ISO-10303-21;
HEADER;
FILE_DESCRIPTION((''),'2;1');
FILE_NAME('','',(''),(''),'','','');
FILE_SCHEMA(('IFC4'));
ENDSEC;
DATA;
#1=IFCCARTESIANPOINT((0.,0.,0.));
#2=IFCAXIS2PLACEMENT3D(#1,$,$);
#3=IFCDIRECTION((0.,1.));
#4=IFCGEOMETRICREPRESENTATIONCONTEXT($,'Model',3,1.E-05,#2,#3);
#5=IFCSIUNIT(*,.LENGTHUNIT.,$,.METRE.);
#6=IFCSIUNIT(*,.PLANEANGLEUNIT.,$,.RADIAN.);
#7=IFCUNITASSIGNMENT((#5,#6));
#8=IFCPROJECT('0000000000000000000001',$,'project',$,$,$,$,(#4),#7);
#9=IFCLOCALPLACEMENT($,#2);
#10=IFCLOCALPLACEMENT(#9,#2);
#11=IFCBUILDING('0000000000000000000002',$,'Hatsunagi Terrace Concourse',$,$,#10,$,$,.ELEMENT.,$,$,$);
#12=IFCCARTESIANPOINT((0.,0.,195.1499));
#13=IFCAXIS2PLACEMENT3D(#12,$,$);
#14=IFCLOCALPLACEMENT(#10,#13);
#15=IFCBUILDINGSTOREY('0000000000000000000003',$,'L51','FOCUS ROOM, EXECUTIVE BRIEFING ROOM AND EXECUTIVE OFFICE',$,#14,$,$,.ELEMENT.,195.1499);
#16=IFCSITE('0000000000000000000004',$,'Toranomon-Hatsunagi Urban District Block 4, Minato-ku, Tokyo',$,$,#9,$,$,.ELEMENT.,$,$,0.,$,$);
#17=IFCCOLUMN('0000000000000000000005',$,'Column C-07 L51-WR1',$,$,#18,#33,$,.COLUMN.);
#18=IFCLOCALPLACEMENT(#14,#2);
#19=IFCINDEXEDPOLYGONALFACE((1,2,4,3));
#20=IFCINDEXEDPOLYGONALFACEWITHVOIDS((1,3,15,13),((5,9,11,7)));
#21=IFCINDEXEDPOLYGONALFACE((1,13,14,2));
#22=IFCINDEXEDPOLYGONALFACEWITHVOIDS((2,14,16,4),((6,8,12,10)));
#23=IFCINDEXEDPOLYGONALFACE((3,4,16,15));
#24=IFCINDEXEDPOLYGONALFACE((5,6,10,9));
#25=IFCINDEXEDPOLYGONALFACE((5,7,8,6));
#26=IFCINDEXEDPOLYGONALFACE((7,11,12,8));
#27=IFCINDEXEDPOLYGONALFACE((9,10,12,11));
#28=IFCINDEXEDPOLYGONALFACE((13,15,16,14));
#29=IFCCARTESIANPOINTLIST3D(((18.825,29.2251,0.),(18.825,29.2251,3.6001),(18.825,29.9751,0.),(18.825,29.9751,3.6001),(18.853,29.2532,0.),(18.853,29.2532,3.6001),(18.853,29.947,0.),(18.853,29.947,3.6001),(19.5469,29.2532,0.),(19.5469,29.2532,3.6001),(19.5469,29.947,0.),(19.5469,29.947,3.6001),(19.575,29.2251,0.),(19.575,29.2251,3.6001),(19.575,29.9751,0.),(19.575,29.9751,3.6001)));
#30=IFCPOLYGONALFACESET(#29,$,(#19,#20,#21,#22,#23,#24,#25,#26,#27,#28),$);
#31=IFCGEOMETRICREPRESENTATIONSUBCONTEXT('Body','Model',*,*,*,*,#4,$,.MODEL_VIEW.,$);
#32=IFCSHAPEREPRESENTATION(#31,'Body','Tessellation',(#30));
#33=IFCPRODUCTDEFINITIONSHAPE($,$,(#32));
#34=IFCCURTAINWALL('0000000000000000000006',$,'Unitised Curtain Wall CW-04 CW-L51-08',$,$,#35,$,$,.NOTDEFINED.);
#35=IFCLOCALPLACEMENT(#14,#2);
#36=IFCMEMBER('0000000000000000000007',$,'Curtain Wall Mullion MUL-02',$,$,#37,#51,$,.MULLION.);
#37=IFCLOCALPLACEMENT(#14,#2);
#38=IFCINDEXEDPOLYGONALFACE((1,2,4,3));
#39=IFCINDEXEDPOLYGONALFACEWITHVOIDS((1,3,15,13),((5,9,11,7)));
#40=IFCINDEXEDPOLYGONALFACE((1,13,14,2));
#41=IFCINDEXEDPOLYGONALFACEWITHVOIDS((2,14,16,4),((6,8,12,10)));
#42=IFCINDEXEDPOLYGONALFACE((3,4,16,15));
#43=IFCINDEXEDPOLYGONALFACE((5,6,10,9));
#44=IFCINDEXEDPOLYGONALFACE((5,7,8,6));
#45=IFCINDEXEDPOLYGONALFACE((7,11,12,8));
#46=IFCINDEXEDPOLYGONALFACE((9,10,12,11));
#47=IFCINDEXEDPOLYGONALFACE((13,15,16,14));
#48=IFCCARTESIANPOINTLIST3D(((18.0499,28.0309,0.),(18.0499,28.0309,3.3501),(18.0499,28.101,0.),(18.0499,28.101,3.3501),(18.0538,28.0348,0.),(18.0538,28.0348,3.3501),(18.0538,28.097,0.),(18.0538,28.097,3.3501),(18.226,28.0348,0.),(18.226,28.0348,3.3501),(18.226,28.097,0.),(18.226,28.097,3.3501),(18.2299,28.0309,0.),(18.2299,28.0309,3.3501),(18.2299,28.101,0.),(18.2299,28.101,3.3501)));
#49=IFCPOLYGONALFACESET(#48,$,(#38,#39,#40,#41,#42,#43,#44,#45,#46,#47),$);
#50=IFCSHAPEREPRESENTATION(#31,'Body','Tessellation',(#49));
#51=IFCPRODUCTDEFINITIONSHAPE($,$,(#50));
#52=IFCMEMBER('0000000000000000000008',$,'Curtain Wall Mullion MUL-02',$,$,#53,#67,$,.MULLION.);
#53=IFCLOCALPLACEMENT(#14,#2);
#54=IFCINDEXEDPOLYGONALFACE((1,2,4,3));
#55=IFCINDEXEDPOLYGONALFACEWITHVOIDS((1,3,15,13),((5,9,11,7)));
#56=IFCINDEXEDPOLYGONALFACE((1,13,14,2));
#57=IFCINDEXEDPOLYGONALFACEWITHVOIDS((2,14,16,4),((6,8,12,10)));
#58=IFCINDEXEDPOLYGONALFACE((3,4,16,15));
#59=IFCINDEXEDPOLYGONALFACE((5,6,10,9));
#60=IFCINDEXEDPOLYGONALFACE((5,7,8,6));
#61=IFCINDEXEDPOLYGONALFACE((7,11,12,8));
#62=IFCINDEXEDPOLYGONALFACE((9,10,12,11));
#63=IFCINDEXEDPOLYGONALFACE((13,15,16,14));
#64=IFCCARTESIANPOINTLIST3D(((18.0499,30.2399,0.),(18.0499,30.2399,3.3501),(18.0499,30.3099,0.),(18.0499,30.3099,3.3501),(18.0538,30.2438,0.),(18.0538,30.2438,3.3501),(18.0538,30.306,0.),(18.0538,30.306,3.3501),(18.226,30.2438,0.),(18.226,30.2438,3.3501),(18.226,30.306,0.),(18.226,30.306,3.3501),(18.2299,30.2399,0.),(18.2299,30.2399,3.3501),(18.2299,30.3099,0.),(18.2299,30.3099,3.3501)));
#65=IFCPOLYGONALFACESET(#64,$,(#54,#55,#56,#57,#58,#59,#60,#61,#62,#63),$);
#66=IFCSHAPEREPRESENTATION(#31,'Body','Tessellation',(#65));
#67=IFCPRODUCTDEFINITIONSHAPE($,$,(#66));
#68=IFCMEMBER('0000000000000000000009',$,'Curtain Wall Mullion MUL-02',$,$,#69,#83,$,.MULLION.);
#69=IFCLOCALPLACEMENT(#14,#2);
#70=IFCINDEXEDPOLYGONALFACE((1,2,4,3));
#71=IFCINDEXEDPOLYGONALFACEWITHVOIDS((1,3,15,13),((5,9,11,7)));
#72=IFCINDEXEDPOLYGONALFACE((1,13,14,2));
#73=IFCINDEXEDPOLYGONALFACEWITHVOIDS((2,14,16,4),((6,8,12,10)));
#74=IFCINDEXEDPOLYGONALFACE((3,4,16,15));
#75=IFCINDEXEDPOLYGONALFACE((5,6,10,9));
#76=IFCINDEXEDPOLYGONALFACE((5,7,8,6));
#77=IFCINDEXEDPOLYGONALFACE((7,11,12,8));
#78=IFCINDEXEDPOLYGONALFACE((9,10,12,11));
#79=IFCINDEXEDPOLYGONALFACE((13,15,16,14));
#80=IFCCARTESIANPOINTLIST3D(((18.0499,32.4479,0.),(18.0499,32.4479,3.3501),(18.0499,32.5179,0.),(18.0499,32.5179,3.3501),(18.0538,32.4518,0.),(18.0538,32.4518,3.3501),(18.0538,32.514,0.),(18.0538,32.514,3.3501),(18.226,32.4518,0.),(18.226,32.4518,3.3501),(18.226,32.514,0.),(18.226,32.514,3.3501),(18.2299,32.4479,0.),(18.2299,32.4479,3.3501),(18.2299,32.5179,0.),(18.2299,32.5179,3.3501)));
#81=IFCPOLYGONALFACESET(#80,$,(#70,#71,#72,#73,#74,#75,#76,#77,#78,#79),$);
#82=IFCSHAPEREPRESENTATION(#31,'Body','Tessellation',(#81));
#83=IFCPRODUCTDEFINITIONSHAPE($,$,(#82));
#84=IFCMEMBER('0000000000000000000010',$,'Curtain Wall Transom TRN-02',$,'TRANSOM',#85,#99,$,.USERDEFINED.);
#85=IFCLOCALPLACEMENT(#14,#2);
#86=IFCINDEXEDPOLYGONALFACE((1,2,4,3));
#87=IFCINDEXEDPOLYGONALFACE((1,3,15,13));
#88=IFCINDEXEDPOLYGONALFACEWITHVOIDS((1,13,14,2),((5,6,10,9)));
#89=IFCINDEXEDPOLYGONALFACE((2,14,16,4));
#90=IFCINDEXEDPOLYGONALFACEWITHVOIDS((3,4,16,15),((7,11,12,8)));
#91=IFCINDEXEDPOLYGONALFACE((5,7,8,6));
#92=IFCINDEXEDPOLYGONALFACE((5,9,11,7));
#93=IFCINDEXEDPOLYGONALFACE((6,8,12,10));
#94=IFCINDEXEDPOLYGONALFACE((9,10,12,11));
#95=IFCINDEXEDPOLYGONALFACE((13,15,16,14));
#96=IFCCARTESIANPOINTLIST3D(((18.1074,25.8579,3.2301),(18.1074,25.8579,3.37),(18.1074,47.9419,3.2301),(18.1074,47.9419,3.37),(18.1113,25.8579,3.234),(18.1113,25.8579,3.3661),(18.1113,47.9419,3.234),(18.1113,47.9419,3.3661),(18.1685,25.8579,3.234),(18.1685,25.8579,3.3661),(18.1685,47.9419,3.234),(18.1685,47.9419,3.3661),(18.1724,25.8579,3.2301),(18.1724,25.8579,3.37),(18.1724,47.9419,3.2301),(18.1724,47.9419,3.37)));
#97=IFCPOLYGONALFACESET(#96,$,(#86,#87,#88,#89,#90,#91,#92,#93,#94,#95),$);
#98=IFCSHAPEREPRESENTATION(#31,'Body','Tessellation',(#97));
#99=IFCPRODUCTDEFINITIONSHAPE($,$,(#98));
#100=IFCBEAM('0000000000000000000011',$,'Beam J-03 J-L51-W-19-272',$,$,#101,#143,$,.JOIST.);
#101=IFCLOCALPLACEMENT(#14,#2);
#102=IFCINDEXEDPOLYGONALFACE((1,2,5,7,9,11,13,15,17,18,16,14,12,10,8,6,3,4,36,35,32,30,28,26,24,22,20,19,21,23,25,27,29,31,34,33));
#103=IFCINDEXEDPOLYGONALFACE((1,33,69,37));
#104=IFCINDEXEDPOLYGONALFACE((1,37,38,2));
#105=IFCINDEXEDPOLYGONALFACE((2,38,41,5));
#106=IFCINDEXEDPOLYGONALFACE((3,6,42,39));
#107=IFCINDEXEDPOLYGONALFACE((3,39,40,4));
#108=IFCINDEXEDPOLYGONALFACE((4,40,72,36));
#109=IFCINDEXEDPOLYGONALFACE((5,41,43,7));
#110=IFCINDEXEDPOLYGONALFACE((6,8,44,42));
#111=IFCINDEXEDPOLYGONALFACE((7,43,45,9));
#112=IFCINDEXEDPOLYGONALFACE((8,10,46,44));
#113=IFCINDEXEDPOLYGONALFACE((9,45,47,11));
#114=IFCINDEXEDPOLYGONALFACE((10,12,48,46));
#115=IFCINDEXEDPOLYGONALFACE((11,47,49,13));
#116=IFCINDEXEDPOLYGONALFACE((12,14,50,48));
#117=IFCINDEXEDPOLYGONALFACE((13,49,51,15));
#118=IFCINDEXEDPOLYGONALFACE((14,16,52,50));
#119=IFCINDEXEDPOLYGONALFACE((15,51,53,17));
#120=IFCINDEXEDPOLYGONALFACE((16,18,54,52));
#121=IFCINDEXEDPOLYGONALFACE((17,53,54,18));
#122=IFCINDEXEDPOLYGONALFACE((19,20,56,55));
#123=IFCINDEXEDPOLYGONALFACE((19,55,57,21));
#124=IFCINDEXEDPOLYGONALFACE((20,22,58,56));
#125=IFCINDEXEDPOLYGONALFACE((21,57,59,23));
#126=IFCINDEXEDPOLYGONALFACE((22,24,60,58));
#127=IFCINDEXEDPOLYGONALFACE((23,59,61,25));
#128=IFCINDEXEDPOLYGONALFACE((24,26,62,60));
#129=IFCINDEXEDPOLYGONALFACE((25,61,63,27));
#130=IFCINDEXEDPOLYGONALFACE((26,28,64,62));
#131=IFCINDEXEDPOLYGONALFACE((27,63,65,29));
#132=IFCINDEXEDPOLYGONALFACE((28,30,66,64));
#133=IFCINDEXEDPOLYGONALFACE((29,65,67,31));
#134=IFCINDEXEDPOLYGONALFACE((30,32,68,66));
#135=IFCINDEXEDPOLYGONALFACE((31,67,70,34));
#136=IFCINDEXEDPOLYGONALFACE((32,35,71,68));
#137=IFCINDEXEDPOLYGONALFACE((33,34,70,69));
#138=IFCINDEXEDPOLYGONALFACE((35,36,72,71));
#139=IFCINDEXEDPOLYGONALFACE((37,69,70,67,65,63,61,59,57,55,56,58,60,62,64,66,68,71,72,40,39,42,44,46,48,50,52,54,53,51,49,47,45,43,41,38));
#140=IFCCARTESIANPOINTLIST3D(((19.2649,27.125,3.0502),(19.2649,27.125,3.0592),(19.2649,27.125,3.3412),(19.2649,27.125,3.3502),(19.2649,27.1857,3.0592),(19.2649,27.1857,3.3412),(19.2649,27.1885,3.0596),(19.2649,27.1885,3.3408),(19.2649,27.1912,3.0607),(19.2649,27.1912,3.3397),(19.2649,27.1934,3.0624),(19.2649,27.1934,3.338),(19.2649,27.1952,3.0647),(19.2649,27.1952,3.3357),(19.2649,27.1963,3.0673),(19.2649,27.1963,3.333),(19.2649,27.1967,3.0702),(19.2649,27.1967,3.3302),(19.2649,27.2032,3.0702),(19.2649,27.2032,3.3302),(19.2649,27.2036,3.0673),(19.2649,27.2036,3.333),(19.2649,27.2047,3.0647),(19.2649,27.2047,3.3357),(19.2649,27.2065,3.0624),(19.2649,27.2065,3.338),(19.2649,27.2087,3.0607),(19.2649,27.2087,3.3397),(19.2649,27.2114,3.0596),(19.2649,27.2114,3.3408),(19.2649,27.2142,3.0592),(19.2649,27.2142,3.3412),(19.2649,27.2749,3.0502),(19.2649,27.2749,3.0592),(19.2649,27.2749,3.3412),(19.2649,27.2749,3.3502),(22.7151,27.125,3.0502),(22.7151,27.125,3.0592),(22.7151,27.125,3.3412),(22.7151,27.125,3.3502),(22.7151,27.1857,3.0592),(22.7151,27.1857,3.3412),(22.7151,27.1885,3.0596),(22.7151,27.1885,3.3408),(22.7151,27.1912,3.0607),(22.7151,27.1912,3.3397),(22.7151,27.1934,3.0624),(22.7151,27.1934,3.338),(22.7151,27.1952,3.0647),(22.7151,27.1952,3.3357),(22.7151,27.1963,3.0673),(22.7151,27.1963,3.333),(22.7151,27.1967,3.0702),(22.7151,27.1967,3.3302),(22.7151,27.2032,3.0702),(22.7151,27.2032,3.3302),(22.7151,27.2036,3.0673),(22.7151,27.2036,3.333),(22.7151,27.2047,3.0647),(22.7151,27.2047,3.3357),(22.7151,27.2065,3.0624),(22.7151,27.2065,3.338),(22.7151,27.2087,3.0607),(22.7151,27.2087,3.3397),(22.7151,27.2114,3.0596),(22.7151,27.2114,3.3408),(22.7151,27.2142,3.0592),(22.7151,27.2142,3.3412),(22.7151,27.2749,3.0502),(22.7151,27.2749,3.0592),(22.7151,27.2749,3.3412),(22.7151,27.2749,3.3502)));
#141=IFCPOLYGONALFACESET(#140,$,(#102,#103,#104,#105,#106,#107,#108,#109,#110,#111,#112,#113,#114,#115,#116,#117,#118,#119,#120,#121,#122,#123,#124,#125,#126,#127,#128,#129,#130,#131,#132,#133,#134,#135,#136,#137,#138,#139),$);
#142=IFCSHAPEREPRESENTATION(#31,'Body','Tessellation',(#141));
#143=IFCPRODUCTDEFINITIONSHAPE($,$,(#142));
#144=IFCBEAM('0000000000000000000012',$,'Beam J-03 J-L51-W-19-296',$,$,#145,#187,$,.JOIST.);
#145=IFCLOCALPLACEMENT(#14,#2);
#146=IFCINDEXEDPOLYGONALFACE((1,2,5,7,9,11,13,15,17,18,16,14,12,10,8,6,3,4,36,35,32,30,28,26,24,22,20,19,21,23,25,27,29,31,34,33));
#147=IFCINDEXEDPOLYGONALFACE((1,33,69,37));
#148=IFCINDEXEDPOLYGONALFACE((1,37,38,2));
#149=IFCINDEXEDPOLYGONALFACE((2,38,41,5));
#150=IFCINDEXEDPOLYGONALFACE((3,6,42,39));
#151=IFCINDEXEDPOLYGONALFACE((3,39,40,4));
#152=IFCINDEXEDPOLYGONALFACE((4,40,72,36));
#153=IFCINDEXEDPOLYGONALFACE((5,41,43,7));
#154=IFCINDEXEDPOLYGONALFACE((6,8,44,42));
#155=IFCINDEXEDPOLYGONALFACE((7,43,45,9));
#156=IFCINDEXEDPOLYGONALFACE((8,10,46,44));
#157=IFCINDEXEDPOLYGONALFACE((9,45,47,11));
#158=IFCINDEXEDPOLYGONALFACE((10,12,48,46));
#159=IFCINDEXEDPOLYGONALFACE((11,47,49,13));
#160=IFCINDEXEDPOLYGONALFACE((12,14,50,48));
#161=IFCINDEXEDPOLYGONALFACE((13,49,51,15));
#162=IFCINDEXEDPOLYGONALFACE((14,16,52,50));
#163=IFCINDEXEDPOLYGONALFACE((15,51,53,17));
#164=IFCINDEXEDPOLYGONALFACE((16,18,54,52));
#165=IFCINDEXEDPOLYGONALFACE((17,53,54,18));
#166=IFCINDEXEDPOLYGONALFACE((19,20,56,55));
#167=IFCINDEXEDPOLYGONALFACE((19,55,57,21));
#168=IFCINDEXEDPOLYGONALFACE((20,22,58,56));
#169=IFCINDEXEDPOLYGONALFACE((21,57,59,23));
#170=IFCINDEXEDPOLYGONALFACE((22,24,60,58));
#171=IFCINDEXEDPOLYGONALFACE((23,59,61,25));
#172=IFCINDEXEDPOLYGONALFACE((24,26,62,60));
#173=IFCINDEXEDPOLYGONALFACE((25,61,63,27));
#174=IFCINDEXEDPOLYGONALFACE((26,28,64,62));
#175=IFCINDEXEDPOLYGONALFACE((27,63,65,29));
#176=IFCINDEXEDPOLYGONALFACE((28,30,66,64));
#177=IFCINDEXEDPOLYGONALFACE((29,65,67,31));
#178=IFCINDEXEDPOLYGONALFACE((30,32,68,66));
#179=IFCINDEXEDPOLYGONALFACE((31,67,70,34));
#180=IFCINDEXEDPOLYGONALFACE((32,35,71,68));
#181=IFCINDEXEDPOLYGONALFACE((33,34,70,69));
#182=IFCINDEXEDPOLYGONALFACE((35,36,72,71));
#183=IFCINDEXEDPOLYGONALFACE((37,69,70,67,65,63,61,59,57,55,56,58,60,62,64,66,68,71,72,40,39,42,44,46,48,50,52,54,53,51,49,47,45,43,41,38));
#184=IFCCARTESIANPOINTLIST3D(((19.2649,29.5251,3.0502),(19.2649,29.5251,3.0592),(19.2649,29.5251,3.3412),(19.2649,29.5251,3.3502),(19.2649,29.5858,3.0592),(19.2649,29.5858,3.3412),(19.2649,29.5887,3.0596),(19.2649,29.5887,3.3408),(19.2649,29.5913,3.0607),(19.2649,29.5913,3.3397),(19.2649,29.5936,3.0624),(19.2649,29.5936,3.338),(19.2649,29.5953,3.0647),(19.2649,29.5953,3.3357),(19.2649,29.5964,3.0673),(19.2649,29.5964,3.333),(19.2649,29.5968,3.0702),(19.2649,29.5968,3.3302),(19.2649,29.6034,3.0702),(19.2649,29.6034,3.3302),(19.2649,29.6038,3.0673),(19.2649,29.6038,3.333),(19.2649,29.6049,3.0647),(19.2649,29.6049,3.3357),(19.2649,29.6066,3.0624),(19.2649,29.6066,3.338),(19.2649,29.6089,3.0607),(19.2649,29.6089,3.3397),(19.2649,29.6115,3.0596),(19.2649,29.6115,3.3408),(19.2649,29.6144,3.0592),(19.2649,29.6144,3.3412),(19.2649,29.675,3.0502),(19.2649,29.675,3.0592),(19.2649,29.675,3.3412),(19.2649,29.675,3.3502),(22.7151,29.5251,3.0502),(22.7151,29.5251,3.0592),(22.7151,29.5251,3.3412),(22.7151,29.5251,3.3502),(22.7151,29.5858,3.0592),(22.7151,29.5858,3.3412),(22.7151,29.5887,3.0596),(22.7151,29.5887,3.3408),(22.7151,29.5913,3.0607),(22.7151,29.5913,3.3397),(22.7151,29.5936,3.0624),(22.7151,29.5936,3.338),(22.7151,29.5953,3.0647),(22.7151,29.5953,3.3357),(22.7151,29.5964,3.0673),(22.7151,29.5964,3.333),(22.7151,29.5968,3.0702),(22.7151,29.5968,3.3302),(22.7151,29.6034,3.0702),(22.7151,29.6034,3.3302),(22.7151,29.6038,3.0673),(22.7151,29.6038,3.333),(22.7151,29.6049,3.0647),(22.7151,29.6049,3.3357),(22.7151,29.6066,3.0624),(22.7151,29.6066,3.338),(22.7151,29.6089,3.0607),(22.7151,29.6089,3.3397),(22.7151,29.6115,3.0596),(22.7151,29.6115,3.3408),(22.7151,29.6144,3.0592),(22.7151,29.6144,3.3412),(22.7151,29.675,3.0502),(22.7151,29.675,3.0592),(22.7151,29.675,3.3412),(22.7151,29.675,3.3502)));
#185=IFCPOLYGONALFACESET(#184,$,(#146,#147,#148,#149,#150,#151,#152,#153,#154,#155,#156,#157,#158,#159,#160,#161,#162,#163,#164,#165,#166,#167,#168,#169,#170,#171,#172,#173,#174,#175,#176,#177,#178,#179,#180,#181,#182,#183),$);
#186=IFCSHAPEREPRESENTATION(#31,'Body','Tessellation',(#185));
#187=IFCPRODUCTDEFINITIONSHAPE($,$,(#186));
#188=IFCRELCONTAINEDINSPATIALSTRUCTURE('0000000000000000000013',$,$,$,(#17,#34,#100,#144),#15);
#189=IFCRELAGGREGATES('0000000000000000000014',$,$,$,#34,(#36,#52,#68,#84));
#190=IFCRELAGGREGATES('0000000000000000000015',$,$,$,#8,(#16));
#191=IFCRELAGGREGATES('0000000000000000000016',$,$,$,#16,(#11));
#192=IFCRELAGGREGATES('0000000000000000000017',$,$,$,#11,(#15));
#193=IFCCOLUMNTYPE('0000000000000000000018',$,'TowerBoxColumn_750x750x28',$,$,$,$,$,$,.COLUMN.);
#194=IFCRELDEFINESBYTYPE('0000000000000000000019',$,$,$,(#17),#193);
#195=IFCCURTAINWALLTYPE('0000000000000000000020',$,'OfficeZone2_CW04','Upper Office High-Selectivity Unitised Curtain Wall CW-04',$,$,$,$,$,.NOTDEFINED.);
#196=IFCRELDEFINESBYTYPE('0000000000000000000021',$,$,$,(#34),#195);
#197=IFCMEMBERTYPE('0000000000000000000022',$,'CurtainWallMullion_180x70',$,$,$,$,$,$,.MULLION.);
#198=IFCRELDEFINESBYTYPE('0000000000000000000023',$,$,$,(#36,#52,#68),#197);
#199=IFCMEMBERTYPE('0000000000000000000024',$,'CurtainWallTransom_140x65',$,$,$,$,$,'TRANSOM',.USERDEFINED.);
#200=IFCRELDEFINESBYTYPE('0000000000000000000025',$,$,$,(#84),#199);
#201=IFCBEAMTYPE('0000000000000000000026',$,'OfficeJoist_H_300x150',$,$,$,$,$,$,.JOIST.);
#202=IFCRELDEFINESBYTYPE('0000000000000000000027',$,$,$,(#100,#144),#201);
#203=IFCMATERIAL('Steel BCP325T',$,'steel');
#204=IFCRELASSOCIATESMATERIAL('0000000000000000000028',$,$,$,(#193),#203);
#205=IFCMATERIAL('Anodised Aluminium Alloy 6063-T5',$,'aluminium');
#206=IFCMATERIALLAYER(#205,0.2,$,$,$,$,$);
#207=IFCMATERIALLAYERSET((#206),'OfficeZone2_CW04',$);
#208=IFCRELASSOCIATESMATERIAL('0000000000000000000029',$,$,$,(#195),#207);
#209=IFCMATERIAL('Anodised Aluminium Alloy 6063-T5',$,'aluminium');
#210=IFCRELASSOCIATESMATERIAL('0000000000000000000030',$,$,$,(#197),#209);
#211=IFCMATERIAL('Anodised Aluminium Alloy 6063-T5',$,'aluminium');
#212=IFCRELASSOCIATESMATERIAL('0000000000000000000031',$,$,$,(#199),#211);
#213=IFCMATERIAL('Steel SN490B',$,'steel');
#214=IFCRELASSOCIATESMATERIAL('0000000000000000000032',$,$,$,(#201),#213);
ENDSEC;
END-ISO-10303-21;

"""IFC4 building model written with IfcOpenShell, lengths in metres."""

from ifc_helpers import new_model, si_unit, direction, frame, origin, origin_2d, place, context, subcontext, project, spatial, hollow_rectangle, i_section, extrude, material, layer, layer_set, material_profile, profile_set, type_object, element, aggregate, save


model = new_model("IFC4")

# Units and contexts
model_context = context("Model", 3, precision=1e-05, world=origin(), true_north=direction((0.0, 1.0)))
body_context = subcontext(model_context, "Body", "Model", "MODEL_VIEW")
ifc_project = project(units=[si_unit("LENGTHUNIT", "METRE"), si_unit("PLANEANGLEUNIT", "RADIAN")], contexts=[model_context])

# Site, building, storey
site_placement = place(None, origin())
site = spatial("IfcSite", under=ifc_project, at=site_placement, Name="Toranomon-Hatsunagi Urban District Block 4, Minato-ku, Tokyo", CompositionType="ELEMENT", RefElevation=0.0)
building_placement = place(site_placement, origin())
building = spatial("IfcBuilding", under=site, at=building_placement, Name="Hatsunagi Terrace Concourse", CompositionType="ELEMENT")
storey_placement = place(building_placement, frame((0.0, 0.0, 195.1499)))
storey = spatial("IfcBuildingStorey", under=building, at=storey_placement, Name="L51", Description="FOCUS ROOM, EXECUTIVE BRIEFING ROOM AND EXECUTIVE OFFICE", CompositionType="ELEMENT", Elevation=195.1499)

# Column
ifc_material_1 = material(Name="Steel BCP325T", Category="steel")
ifc_material_profile_1 = material_profile(ifc_material_1, hollow_rectangle(XDim=0.75, YDim=0.75, WallThickness=0.0281, at=origin_2d()), Name="BCP-750x750x28")
ifc_profile_set_1 = profile_set([ifc_material_profile_1], Name="Steel BCP325T")
column_type = type_object("IfcColumnType", Name="TowerBoxColumn_750x750x28", PredefinedType="COLUMN", material=ifc_profile_set_1)
column_placement = place(storey_placement, frame((19.2, 29.6001, 0.0), z_axis=(0.0, 0.0, 1.0), x_axis=(1.0, 0.0, 0.0)))
element("IfcColumn", 1, at=column_placement, inside=storey, type_object=column_type, Name="Column C-07 L51-WR1", PredefinedType="COLUMN", context=body_context, shape_type="SweptSolid", body=[
    extrude(hollow_rectangle(XDim=0.75, YDim=0.75, WallThickness=0.0281, at=origin_2d()), origin(), (0.0, 0.0, 1.0), 3.6001),
])

# Curtain wall, members
ifc_material_2 = material(Name="Anodised Aluminium Alloy 6063-T5", Category="aluminium")
ifc_layer_1 = layer(ifc_material_2, 0.2)
ifc_layer_set_1 = layer_set([ifc_layer_1], Name="OfficeZone2_CW04")
curtain_wall_type = type_object("IfcCurtainWallType", Name="OfficeZone2_CW04", Description="Upper Office High-Selectivity Unitised Curtain Wall CW-04", PredefinedType="NOTDEFINED", material=ifc_layer_set_1)
curtain_wall_placement = place(storey_placement, origin())
curtain_wall = element("IfcCurtainWall", 2, at=curtain_wall_placement, inside=storey, type_object=curtain_wall_type, Name="Unitised Curtain Wall CW-04 CW-L51-08", PredefinedType="NOTDEFINED")
ifc_material_3 = material(Name="Anodised Aluminium Alloy 6063-T5", Category="aluminium")
ifc_material_profile_2 = material_profile(ifc_material_3, hollow_rectangle(XDim=0.0701, YDim=0.1799, WallThickness=0.0039, at=origin_2d()), Name="ALU-MUL-180x70x4")
ifc_profile_set_2 = profile_set([ifc_material_profile_2], Name="Anodised Aluminium Alloy 6063-T5")
member_type_1 = type_object("IfcMemberType", Name="CurtainWallMullion_180x70", PredefinedType="MULLION", material=ifc_profile_set_2)
member_1_placement = place(storey_placement, frame((18.1399, 28.0659, 0.0), z_axis=(0.0, 0.0, 1.0), x_axis=(0.0, 1.0, 0.0)))
member_1 = element("IfcMember", 3, at=member_1_placement, type_object=member_type_1, Name="Curtain Wall Mullion MUL-02", PredefinedType="MULLION", context=body_context, shape_type="SweptSolid", body=[
    extrude(hollow_rectangle(XDim=0.0701, YDim=0.1799, WallThickness=0.0039, at=origin_2d()), origin(), (0.0, 0.0, 1.0), 3.3501),
])
member_2_placement = place(storey_placement, frame((18.1399, 30.2749, 0.0), z_axis=(0.0, 0.0, 1.0), x_axis=(0.0, 1.0, 0.0)))
member_2 = element("IfcMember", 4, at=member_2_placement, type_object=member_type_1, Name="Curtain Wall Mullion MUL-02", PredefinedType="MULLION", context=body_context, shape_type="SweptSolid", body=[
    extrude(hollow_rectangle(XDim=0.0701, YDim=0.1799, WallThickness=0.0039, at=origin_2d()), origin(), (0.0, 0.0, 1.0), 3.3501),
])
member_3_placement = place(storey_placement, frame((18.1399, 32.4829, 0.0), z_axis=(0.0, 0.0, 1.0), x_axis=(0.0, 1.0, 0.0)))
member_3 = element("IfcMember", 5, at=member_3_placement, type_object=member_type_1, Name="Curtain Wall Mullion MUL-02", PredefinedType="MULLION", context=body_context, shape_type="SweptSolid", body=[
    extrude(hollow_rectangle(XDim=0.0701, YDim=0.1799, WallThickness=0.0039, at=origin_2d()), origin(), (0.0, 0.0, 1.0), 3.3501),
])
ifc_material_4 = material(Name="Anodised Aluminium Alloy 6063-T5", Category="aluminium")
ifc_material_profile_3 = material_profile(ifc_material_4, hollow_rectangle(XDim=0.0649, YDim=0.1399, WallThickness=0.0039, at=origin_2d()), Name="ALU-TRN-140x65x4")
ifc_profile_set_3 = profile_set([ifc_material_profile_3], Name="Anodised Aluminium Alloy 6063-T5")
member_type_2 = type_object("IfcMemberType", Name="CurtainWallTransom_140x65", ElementType="TRANSOM", PredefinedType="USERDEFINED", material=ifc_profile_set_3)
member_4_placement = place(storey_placement, frame((18.1399, 25.8579, 3.3), z_axis=(0.0, 1.0, 0.0), x_axis=(-1.0, 0.0, 0.0)))
member_4 = element("IfcMember", 6, at=member_4_placement, type_object=member_type_2, Name="Curtain Wall Transom TRN-02", ObjectType="TRANSOM", PredefinedType="USERDEFINED", context=body_context, shape_type="SweptSolid", body=[
    extrude(hollow_rectangle(XDim=0.0649, YDim=0.1399, WallThickness=0.0039, at=origin_2d()), origin(), (0.0, 0.0, 1.0), 22.084),
])

# Beams
ifc_material_5 = material(Name="Steel SN490B", Category="steel")
ifc_material_profile_4 = material_profile(ifc_material_5, i_section(OverallWidth=0.1499, OverallDepth=0.3, WebThickness=0.0066, FlangeThickness=0.009, FilletRadius=0.011, at=origin_2d()), Name="H-300x150x6.5x9")
ifc_profile_set_4 = profile_set([ifc_material_profile_4], Name="Steel SN490B")
beam_type_1 = type_object("IfcBeamType", Name="OfficeJoist_H_300x150", PredefinedType="JOIST", material=ifc_profile_set_4)
for number, where, z_axis, x_axis, name in (
    (7, (19.2649, 27.2, 3.2002), (1.0, 0.0, 0.0), (0.0, 1.0, 0.0), "Beam J-03 J-L51-W-19-272"),
    (8, (19.2649, 29.6001, 3.2002), (1.0, 0.0, 0.0), (0.0, 1.0, 0.0), "Beam J-03 J-L51-W-19-296"),
):
    element("IfcBeam", number, at=place(storey_placement, frame(where, z_axis=z_axis, x_axis=x_axis)), inside=storey, type_object=beam_type_1, Name=name, PredefinedType="JOIST", context=body_context, shape_type="SweptSolid", body=[
        extrude(i_section(OverallWidth=0.1499, OverallDepth=0.3, WebThickness=0.0066, FlangeThickness=0.009, FilletRadius=0.011, at=origin_2d()), origin(), (0.0, 0.0, 1.0), 3.4502),
    ])

aggregate(curtain_wall, [member_1, member_2, member_3, member_4])

save(model, "model.ifc")
